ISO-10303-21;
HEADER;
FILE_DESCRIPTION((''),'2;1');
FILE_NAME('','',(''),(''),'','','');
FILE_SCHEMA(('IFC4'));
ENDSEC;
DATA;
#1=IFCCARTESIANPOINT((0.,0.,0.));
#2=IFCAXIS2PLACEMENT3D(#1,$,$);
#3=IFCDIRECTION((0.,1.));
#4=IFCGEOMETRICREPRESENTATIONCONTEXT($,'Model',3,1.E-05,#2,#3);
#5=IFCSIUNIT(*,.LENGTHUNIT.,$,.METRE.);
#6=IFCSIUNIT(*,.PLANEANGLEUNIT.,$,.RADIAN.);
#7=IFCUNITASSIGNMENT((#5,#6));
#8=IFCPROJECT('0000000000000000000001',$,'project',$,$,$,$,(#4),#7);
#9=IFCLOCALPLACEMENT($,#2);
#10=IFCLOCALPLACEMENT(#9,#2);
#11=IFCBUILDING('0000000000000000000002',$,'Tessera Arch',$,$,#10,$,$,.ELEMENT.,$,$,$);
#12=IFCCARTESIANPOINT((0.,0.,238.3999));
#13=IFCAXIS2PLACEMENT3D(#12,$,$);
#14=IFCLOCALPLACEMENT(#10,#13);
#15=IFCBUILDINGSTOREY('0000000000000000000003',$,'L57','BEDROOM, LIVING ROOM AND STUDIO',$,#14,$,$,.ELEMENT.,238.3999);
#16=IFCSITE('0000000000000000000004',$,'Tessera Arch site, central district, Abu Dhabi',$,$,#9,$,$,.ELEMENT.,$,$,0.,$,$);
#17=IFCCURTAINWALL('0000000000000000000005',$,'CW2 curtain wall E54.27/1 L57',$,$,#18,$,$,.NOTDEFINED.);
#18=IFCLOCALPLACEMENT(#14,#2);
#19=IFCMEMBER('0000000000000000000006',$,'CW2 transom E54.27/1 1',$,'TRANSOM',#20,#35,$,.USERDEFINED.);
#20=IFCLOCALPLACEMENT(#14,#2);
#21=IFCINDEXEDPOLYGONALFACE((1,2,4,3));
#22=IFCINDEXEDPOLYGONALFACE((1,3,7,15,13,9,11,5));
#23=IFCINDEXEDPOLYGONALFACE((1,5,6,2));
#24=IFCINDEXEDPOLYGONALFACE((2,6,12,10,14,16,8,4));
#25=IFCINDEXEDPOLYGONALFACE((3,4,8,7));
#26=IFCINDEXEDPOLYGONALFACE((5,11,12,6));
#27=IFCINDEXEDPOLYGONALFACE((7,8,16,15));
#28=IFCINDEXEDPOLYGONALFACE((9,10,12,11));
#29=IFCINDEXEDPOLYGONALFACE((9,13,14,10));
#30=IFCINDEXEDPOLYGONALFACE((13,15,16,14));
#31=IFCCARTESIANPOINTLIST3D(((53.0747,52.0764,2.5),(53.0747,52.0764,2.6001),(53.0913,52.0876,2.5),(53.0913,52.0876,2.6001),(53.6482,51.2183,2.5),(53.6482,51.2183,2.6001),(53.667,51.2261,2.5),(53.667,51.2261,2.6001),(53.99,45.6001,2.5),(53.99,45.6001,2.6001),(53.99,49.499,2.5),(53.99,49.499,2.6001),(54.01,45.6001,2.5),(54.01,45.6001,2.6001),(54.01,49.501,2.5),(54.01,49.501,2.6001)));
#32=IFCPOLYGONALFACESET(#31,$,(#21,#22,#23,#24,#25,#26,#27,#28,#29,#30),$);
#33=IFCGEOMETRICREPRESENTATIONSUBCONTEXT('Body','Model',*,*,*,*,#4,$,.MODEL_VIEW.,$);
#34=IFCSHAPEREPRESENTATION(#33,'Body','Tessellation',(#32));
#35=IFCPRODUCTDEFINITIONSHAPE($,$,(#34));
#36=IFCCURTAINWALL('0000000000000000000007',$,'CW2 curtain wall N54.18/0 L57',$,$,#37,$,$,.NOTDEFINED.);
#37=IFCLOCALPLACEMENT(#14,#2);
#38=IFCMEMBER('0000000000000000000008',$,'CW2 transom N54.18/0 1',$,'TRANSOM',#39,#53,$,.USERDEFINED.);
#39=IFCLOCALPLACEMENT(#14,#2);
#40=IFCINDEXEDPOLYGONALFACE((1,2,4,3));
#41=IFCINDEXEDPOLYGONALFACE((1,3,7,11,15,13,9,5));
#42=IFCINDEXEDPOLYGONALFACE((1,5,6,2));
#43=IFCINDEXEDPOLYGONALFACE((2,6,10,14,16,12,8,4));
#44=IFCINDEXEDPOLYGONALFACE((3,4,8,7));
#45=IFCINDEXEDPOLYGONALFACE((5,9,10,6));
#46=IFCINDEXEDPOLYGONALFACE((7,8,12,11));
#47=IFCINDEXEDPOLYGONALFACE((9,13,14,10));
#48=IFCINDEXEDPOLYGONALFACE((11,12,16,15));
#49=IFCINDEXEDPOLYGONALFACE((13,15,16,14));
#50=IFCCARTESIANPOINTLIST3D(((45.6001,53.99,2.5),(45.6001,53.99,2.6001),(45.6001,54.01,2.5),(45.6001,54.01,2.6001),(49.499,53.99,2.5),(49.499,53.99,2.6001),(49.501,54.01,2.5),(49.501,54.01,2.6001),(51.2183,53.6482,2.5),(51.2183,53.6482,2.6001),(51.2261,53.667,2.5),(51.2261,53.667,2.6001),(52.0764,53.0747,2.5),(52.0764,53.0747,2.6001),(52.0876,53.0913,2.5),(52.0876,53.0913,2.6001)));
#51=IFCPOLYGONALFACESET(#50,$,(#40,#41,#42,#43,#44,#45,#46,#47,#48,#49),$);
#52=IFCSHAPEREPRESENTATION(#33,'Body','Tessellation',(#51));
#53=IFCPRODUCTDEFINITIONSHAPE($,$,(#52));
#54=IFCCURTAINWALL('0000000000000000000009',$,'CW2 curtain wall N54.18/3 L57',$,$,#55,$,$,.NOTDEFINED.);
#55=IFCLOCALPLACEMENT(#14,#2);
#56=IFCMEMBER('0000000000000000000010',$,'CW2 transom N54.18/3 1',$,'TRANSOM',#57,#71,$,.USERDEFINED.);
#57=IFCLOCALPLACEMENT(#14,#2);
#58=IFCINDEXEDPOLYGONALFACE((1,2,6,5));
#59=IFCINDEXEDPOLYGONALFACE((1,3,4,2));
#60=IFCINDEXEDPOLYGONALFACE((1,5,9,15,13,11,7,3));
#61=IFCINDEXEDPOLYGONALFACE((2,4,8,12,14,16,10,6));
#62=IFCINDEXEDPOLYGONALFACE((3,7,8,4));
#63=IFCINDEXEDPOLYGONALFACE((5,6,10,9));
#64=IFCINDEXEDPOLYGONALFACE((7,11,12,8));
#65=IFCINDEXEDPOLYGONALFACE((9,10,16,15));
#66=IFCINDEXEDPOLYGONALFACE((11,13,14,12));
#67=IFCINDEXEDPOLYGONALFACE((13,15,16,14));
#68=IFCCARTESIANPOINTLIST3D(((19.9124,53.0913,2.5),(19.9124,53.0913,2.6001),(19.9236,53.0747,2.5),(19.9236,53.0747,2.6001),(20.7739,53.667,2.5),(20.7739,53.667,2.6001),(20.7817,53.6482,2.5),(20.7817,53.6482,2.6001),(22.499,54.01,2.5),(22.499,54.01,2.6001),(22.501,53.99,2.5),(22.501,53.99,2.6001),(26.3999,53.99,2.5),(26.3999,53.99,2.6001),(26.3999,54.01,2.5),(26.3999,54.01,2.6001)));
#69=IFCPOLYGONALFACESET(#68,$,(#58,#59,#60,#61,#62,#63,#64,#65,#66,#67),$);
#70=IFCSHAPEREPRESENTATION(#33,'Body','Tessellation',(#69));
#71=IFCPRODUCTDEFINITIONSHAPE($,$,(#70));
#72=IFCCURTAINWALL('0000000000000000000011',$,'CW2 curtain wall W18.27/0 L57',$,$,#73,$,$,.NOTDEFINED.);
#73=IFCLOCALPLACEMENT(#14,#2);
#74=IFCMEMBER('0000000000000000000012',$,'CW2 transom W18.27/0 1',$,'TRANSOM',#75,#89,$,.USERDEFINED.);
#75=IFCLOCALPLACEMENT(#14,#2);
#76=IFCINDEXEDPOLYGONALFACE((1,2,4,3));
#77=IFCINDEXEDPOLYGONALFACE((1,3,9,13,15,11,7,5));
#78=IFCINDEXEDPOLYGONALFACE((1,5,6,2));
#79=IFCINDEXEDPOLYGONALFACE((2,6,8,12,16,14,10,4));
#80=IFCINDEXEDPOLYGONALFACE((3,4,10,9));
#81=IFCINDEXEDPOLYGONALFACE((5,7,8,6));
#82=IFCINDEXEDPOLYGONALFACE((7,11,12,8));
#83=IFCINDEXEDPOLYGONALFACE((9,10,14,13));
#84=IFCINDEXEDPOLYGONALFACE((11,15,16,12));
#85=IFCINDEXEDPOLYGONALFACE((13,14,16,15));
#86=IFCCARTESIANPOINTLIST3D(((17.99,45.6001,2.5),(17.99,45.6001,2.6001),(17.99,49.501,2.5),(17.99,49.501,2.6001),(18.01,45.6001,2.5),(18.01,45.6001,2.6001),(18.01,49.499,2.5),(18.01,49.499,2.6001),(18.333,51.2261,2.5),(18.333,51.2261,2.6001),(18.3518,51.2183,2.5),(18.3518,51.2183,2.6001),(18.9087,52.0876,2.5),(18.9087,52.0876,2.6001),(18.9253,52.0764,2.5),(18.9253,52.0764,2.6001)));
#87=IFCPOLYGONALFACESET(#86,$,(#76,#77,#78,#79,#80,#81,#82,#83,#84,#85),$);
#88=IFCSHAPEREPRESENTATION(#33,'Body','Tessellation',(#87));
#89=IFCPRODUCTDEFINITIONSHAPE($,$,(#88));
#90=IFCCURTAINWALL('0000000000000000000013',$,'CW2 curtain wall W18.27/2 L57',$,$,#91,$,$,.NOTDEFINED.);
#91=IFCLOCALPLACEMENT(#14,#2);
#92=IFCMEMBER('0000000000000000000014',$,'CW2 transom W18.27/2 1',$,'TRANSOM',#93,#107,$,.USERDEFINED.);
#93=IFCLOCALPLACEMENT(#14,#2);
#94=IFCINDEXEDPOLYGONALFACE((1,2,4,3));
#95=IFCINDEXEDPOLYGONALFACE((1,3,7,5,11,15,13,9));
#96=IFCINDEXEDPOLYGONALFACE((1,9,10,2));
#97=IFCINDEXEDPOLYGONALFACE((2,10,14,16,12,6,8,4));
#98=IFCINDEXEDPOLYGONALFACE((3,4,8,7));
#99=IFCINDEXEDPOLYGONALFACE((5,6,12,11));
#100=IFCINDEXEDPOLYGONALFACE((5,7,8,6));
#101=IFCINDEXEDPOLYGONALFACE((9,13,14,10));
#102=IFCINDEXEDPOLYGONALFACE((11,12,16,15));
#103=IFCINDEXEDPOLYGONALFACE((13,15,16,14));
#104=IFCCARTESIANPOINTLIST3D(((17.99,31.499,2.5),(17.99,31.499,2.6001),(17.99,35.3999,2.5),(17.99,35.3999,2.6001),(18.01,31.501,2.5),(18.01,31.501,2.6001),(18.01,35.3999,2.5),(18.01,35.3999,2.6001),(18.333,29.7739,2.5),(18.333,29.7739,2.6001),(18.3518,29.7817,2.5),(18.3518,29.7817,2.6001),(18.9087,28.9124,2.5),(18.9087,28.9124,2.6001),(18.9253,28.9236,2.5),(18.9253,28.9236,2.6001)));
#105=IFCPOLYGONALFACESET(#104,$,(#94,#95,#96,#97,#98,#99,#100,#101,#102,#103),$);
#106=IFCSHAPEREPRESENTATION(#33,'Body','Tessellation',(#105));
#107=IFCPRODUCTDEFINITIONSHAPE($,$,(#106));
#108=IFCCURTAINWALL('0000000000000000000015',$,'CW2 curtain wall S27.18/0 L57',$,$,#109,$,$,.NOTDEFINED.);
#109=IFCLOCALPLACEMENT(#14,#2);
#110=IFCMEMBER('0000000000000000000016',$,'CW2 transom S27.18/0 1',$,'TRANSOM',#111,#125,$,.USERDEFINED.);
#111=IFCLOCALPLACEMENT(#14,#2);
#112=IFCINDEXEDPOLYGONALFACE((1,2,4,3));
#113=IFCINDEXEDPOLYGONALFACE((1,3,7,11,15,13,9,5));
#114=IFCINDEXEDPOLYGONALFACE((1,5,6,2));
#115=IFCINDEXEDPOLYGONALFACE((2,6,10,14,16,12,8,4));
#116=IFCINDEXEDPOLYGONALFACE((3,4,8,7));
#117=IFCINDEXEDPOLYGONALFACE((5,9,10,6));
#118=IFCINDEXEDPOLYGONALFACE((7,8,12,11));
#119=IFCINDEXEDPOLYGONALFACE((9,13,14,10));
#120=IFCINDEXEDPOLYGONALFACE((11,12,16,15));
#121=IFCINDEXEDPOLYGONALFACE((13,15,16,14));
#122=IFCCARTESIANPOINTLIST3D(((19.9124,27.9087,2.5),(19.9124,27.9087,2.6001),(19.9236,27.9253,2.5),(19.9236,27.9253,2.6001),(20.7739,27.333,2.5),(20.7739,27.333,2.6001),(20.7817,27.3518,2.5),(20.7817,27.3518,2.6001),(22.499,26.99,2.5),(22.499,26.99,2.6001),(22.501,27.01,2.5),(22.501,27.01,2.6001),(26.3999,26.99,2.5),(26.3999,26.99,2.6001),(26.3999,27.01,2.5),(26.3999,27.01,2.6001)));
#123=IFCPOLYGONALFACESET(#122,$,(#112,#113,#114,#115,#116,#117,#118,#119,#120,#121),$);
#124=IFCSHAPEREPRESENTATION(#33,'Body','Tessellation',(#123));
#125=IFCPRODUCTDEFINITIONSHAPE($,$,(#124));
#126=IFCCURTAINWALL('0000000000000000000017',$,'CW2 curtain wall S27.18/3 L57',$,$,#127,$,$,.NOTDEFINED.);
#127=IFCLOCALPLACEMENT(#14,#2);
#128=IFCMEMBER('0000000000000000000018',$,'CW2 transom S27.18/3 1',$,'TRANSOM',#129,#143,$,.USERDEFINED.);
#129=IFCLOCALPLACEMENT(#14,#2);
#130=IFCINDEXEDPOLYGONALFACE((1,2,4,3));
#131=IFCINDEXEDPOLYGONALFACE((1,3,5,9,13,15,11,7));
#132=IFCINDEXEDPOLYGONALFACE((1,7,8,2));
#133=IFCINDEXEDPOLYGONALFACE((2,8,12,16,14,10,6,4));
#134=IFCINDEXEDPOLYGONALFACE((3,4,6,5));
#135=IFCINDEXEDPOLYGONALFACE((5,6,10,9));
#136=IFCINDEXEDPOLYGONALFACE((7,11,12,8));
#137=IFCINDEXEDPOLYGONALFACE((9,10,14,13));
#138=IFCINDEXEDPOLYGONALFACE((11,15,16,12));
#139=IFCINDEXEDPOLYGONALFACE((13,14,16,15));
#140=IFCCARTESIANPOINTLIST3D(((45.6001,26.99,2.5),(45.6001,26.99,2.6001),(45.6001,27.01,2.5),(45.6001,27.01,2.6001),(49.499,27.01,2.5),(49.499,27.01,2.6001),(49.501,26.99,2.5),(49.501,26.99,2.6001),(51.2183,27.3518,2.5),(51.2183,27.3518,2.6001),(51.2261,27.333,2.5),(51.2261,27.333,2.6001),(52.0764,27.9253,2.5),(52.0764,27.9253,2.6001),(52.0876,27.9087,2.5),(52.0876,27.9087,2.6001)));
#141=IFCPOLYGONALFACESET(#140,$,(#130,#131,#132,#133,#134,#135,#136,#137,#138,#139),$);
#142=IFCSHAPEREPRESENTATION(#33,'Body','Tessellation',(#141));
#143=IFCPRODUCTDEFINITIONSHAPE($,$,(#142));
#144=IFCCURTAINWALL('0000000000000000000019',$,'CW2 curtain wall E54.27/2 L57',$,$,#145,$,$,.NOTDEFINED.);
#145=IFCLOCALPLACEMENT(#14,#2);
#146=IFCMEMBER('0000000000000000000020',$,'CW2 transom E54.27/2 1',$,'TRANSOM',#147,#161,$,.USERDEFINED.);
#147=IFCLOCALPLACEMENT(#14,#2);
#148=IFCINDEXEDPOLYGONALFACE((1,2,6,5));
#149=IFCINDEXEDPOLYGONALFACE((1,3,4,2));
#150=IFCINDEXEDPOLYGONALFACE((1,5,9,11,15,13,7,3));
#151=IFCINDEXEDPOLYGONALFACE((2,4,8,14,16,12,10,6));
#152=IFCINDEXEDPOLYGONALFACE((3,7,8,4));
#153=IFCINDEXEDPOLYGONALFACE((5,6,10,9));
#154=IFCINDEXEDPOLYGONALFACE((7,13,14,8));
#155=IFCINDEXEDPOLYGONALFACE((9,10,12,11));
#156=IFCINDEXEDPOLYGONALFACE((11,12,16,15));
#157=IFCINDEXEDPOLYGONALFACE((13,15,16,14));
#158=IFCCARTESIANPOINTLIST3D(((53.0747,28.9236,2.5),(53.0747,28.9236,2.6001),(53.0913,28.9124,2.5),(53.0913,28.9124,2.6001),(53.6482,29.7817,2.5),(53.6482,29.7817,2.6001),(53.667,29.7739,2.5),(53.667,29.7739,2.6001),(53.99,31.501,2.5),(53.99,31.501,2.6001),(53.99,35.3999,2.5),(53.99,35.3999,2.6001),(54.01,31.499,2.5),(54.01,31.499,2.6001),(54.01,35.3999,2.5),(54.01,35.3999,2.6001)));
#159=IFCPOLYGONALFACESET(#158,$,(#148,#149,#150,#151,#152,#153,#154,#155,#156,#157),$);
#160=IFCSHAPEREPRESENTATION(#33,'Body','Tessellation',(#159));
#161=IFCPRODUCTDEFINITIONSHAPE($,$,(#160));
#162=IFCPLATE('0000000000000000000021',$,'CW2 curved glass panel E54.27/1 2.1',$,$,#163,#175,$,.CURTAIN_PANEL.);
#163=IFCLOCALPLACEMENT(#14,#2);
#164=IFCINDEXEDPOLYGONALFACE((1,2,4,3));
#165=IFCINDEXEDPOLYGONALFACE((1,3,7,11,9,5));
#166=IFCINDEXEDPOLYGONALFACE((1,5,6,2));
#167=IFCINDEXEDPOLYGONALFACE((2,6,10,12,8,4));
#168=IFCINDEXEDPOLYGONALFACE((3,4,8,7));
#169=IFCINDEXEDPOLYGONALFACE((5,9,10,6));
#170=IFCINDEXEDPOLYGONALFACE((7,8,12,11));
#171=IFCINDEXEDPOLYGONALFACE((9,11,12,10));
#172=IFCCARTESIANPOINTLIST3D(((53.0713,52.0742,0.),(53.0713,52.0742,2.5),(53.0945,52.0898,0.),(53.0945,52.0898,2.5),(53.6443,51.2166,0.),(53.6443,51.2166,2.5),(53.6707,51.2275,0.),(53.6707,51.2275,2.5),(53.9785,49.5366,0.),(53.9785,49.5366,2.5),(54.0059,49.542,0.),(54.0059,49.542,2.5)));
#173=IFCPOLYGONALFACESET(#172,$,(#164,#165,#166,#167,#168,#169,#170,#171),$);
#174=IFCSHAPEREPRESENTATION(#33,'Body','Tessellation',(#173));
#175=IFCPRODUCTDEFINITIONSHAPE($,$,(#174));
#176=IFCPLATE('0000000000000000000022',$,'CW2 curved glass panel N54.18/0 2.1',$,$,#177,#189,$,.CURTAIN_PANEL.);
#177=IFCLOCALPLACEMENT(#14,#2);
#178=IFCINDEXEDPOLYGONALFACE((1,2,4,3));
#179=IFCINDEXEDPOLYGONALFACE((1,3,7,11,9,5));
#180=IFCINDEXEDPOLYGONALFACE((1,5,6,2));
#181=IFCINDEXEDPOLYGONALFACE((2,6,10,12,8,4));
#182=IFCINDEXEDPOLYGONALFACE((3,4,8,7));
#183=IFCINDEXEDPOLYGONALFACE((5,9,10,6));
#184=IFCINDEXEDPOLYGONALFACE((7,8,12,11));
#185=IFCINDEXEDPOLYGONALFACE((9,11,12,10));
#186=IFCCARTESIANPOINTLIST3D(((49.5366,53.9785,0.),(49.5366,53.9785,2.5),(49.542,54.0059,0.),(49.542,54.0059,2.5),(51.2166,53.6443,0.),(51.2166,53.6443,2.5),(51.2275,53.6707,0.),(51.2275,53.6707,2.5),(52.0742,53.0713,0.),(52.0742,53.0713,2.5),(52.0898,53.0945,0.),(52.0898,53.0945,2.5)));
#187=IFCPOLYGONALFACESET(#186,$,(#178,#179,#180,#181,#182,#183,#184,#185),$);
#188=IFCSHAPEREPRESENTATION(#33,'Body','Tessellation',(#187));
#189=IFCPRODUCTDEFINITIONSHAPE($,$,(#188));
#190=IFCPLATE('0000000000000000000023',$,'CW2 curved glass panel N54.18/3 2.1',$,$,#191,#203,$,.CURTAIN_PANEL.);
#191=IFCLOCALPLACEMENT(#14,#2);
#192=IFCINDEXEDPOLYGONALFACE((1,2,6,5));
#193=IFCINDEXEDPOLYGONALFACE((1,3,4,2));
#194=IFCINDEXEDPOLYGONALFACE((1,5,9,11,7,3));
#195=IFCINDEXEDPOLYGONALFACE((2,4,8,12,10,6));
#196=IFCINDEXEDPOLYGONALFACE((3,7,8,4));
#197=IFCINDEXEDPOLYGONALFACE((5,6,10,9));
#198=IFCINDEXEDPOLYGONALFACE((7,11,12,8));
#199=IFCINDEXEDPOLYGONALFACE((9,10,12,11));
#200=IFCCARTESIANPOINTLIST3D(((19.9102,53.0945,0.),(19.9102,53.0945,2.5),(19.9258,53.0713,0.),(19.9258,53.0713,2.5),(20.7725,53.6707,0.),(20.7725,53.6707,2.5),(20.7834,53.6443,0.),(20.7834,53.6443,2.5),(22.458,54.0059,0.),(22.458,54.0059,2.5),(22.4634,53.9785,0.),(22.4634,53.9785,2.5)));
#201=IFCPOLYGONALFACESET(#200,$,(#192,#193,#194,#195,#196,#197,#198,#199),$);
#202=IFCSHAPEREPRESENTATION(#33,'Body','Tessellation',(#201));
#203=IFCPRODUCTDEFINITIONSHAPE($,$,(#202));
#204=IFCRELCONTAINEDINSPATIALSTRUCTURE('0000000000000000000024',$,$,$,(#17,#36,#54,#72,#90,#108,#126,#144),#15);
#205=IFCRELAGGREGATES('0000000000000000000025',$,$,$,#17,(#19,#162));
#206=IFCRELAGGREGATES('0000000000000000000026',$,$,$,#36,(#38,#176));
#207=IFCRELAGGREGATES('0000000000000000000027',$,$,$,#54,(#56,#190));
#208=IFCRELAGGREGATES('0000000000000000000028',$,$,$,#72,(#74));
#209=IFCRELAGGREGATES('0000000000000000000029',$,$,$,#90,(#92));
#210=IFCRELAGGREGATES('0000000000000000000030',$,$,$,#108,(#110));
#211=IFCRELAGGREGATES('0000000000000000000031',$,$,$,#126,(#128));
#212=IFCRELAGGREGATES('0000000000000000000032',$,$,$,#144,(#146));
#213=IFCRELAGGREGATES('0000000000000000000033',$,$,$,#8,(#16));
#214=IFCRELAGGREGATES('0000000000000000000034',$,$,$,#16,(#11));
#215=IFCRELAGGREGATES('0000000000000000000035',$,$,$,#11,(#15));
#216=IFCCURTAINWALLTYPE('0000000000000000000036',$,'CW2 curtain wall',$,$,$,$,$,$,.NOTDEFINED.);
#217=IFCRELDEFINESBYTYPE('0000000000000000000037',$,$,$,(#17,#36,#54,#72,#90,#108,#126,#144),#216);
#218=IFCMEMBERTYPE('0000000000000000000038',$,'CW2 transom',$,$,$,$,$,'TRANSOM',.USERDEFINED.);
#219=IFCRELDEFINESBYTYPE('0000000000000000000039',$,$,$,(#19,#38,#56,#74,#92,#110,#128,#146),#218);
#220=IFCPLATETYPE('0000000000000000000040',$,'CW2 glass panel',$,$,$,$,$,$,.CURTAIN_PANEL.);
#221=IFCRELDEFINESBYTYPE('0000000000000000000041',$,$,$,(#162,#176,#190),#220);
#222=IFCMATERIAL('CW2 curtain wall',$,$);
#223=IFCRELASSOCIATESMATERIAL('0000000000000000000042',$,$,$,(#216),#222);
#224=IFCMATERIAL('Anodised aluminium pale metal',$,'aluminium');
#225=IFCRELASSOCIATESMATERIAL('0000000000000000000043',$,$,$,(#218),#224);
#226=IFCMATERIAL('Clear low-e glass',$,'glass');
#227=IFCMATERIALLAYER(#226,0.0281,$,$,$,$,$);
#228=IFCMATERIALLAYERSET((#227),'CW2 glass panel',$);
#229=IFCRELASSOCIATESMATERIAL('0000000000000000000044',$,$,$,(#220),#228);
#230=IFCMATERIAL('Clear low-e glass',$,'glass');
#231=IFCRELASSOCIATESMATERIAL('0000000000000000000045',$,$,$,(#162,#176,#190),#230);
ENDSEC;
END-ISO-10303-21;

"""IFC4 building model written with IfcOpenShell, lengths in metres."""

from ifc_helpers import new_model, si_unit, direction, frame, origin, origin_2d, place, context, subcontext, project, spatial, polyline, rectangle, outline, extrude, material, layer, layer_set, material_profile, profile_set, type_object, element, aggregate, save


model = new_model("IFC4")

# Units and contexts
model_context = context("Model", 3, precision=1e-05, world=origin(), true_north=direction((0.0, 1.0)))
body_context = subcontext(model_context, "Body", "Model", "MODEL_VIEW")
ifc_project = project(units=[si_unit("LENGTHUNIT", "METRE"), si_unit("PLANEANGLEUNIT", "RADIAN")], contexts=[model_context])

# Site, building, storey
site_placement = place(None, origin())
site = spatial("IfcSite", under=ifc_project, at=site_placement, Name="Tessera Arch site, central district, Abu Dhabi", CompositionType="ELEMENT", RefElevation=0.0)
building_placement = place(site_placement, origin())
building = spatial("IfcBuilding", under=site, at=building_placement, Name="Tessera Arch", CompositionType="ELEMENT")
storey_placement = place(building_placement, frame((0.0, 0.0, 238.3999)))
storey = spatial("IfcBuildingStorey", under=building, at=storey_placement, Name="L57", Description="BEDROOM, LIVING ROOM AND STUDIO", CompositionType="ELEMENT", Elevation=238.3999)

# Curtain walls, members
ifc_material_1 = material(Name="CW2 curtain wall")
curtain_wall_type = type_object("IfcCurtainWallType", Name="CW2 curtain wall", PredefinedType="NOTDEFINED", material=ifc_material_1)
curtain_wall_1_placement = place(storey_placement, origin())
curtain_wall_1 = element("IfcCurtainWall", 1, at=curtain_wall_1_placement, inside=storey, type_object=curtain_wall_type, Name="CW2 curtain wall E54.27/1 L57", PredefinedType="NOTDEFINED")
ifc_material_2 = material(Name="Anodised aluminium pale metal", Category="aluminium")
ifc_material_profile = material_profile(ifc_material_2, rectangle(XDim=0.2, YDim=0.1001, at=origin_2d()), Name="AL 200x100")
ifc_profile_set = profile_set([ifc_material_profile], Name="Anodised aluminium pale metal")
member_type = type_object("IfcMemberType", Name="CW2 transom", ElementType="TRANSOM", PredefinedType="USERDEFINED", material=ifc_profile_set)
member_1_placement = place(storey_placement, frame((0.0, 0.0, 2.5)))
member_1 = element("IfcMember", 2, at=member_1_placement, type_object=member_type, Name="CW2 transom E54.27/1 1", ObjectType="TRANSOM", PredefinedType="USERDEFINED", context=body_context, shape_type="SweptSolid", body=[
    extrude(outline(polyline([(53.99, 49.499), (53.99, 45.6001), (54.01, 45.6001), (54.01, 49.501), (53.667, 51.2261), (53.0913, 52.0876), (53.0747, 52.0764), (53.6482, 51.2183), (53.99, 49.499)])), origin(), (0.0, 0.0, 1.0), 0.1001),
])
curtain_wall_2_placement = place(storey_placement, origin())
curtain_wall_2 = element("IfcCurtainWall", 3, at=curtain_wall_2_placement, inside=storey, type_object=curtain_wall_type, Name="CW2 curtain wall N54.18/0 L57", PredefinedType="NOTDEFINED")
member_2_placement = place(storey_placement, frame((0.0, 0.0, 2.5)))
member_2 = element("IfcMember", 4, at=member_2_placement, type_object=member_type, Name="CW2 transom N54.18/0 1", ObjectType="TRANSOM", PredefinedType="USERDEFINED", context=body_context, shape_type="SweptSolid", body=[
    extrude(outline(polyline([(51.2183, 53.6482), (52.0764, 53.0747), (52.0876, 53.0913), (51.2261, 53.667), (49.501, 54.01), (45.6001, 54.01), (45.6001, 53.99), (49.499, 53.99), (51.2183, 53.6482)])), origin(), (0.0, 0.0, 1.0), 0.1001),
])
curtain_wall_3_placement = place(storey_placement, origin())
curtain_wall_3 = element("IfcCurtainWall", 5, at=curtain_wall_3_placement, inside=storey, type_object=curtain_wall_type, Name="CW2 curtain wall N54.18/3 L57", PredefinedType="NOTDEFINED")
member_3_placement = place(storey_placement, frame((0.0, 0.0, 2.5)))
member_3 = element("IfcMember", 6, at=member_3_placement, type_object=member_type, Name="CW2 transom N54.18/3 1", ObjectType="TRANSOM", PredefinedType="USERDEFINED", context=body_context, shape_type="SweptSolid", body=[
    extrude(outline(polyline([(22.501, 53.99), (26.3999, 53.99), (26.3999, 54.01), (22.499, 54.01), (20.7739, 53.667), (19.9124, 53.0913), (19.9236, 53.0747), (20.7817, 53.6482), (22.501, 53.99)])), origin(), (0.0, 0.0, 1.0), 0.1001),
])
curtain_wall_4_placement = place(storey_placement, origin())
curtain_wall_4 = element("IfcCurtainWall", 7, at=curtain_wall_4_placement, inside=storey, type_object=curtain_wall_type, Name="CW2 curtain wall W18.27/0 L57", PredefinedType="NOTDEFINED")
member_4_placement = place(storey_placement, frame((0.0, 0.0, 2.5)))
member_4 = element("IfcMember", 8, at=member_4_placement, type_object=member_type, Name="CW2 transom W18.27/0 1", ObjectType="TRANSOM", PredefinedType="USERDEFINED", context=body_context, shape_type="SweptSolid", body=[
    extrude(outline(polyline([(18.3518, 51.2183), (18.9253, 52.0764), (18.9087, 52.0876), (18.333, 51.2261), (17.99, 49.501), (17.99, 45.6001), (18.01, 45.6001), (18.01, 49.499), (18.3518, 51.2183)])), origin(), (0.0, 0.0, 1.0), 0.1001),
])
curtain_wall_5_placement = place(storey_placement, origin())
curtain_wall_5 = element("IfcCurtainWall", 9, at=curtain_wall_5_placement, inside=storey, type_object=curtain_wall_type, Name="CW2 curtain wall W18.27/2 L57", PredefinedType="NOTDEFINED")
member_5_placement = place(storey_placement, frame((0.0, 0.0, 2.5)))
member_5 = element("IfcMember", 10, at=member_5_placement, type_object=member_type, Name="CW2 transom W18.27/2 1", ObjectType="TRANSOM", PredefinedType="USERDEFINED", context=body_context, shape_type="SweptSolid", body=[
    extrude(outline(polyline([(18.01, 31.501), (18.01, 35.3999), (17.99, 35.3999), (17.99, 31.499), (18.333, 29.7739), (18.9087, 28.9124), (18.9253, 28.9236), (18.3518, 29.7817), (18.01, 31.501)])), origin(), (0.0, 0.0, 1.0), 0.1001),
])
curtain_wall_6_placement = place(storey_placement, origin())
curtain_wall_6 = element("IfcCurtainWall", 11, at=curtain_wall_6_placement, inside=storey, type_object=curtain_wall_type, Name="CW2 curtain wall S27.18/0 L57", PredefinedType="NOTDEFINED")
member_6_placement = place(storey_placement, frame((0.0, 0.0, 2.5)))
member_6 = element("IfcMember", 12, at=member_6_placement, type_object=member_type, Name="CW2 transom S27.18/0 1", ObjectType="TRANSOM", PredefinedType="USERDEFINED", context=body_context, shape_type="SweptSolid", body=[
    extrude(outline(polyline([(20.7817, 27.3518), (19.9236, 27.9253), (19.9124, 27.9087), (20.7739, 27.333), (22.499, 26.99), (26.3999, 26.99), (26.3999, 27.01), (22.501, 27.01), (20.7817, 27.3518)])), origin(), (0.0, 0.0, 1.0), 0.1001),
])
curtain_wall_7_placement = place(storey_placement, origin())
curtain_wall_7 = element("IfcCurtainWall", 13, at=curtain_wall_7_placement, inside=storey, type_object=curtain_wall_type, Name="CW2 curtain wall S27.18/3 L57", PredefinedType="NOTDEFINED")
member_7_placement = place(storey_placement, frame((0.0, 0.0, 2.5)))
member_7 = element("IfcMember", 14, at=member_7_placement, type_object=member_type, Name="CW2 transom S27.18/3 1", ObjectType="TRANSOM", PredefinedType="USERDEFINED", context=body_context, shape_type="SweptSolid", body=[
    extrude(outline(polyline([(49.499, 27.01), (45.6001, 27.01), (45.6001, 26.99), (49.501, 26.99), (51.2261, 27.333), (52.0876, 27.9087), (52.0764, 27.9253), (51.2183, 27.3518), (49.499, 27.01)])), origin(), (0.0, 0.0, 1.0), 0.1001),
])
curtain_wall_8_placement = place(storey_placement, origin())
curtain_wall_8 = element("IfcCurtainWall", 15, at=curtain_wall_8_placement, inside=storey, type_object=curtain_wall_type, Name="CW2 curtain wall E54.27/2 L57", PredefinedType="NOTDEFINED")
member_8_placement = place(storey_placement, frame((0.0, 0.0, 2.5)))
member_8 = element("IfcMember", 16, at=member_8_placement, type_object=member_type, Name="CW2 transom E54.27/2 1", ObjectType="TRANSOM", PredefinedType="USERDEFINED", context=body_context, shape_type="SweptSolid", body=[
    extrude(outline(polyline([(53.6482, 29.7817), (53.0747, 28.9236), (53.0913, 28.9124), (53.667, 29.7739), (54.01, 31.499), (54.01, 35.3999), (53.99, 35.3999), (53.99, 31.501), (53.6482, 29.7817)])), origin(), (0.0, 0.0, 1.0), 0.1001),
])

# Plates
ifc_material_3 = material(Name="Clear low-e glass", Category="glass")
ifc_material_4 = material(Name="Clear low-e glass", Category="glass")
ifc_layer_1 = layer(ifc_material_4, 0.0281)
ifc_layer_set_1 = layer_set([ifc_layer_1], Name="CW2 glass panel")
plate_type_1 = type_object("IfcPlateType", Name="CW2 glass panel", PredefinedType="CURTAIN_PANEL", material=ifc_layer_set_1)
plate_1_placement = place(storey_placement, origin())
plate_1 = element("IfcPlate", 17, at=plate_1_placement, type_object=plate_type_1, material=ifc_material_3, Name="CW2 curved glass panel E54.27/1 2.1", PredefinedType="CURTAIN_PANEL", context=body_context, shape_type="SweptSolid", body=[
    extrude(outline(polyline([(53.6443, 51.2166), (53.9785, 49.5366), (54.0059, 49.542), (53.6707, 51.2275), (53.0945, 52.0898), (53.0713, 52.0742), (53.6443, 51.2166)])), origin(), (0.0, 0.0, 1.0), 2.5),
])
plate_2_placement = place(storey_placement, origin())
plate_2 = element("IfcPlate", 18, at=plate_2_placement, type_object=plate_type_1, material=ifc_material_3, Name="CW2 curved glass panel N54.18/0 2.1", PredefinedType="CURTAIN_PANEL", context=body_context, shape_type="SweptSolid", body=[
    extrude(outline(polyline([(51.2166, 53.6443), (52.0742, 53.0713), (52.0898, 53.0945), (51.2275, 53.6707), (49.542, 54.0059), (49.5366, 53.9785), (51.2166, 53.6443)])), origin(), (0.0, 0.0, 1.0), 2.5),
])
plate_3_placement = place(storey_placement, origin())
plate_3 = element("IfcPlate", 19, at=plate_3_placement, type_object=plate_type_1, material=ifc_material_3, Name="CW2 curved glass panel N54.18/3 2.1", PredefinedType="CURTAIN_PANEL", context=body_context, shape_type="SweptSolid", body=[
    extrude(outline(polyline([(20.7834, 53.6443), (22.4634, 53.9785), (22.458, 54.0059), (20.7725, 53.6707), (19.9102, 53.0945), (19.9258, 53.0713), (20.7834, 53.6443)])), origin(), (0.0, 0.0, 1.0), 2.5),
])
aggregate(curtain_wall_1, [member_1, plate_1])
aggregate(curtain_wall_2, [member_2, plate_2])
aggregate(curtain_wall_3, [member_3, plate_3])
aggregate(curtain_wall_4, [member_4])
aggregate(curtain_wall_5, [member_5])
aggregate(curtain_wall_6, [member_6])
aggregate(curtain_wall_7, [member_7])
aggregate(curtain_wall_8, [member_8])

save(model, "model.ifc")
